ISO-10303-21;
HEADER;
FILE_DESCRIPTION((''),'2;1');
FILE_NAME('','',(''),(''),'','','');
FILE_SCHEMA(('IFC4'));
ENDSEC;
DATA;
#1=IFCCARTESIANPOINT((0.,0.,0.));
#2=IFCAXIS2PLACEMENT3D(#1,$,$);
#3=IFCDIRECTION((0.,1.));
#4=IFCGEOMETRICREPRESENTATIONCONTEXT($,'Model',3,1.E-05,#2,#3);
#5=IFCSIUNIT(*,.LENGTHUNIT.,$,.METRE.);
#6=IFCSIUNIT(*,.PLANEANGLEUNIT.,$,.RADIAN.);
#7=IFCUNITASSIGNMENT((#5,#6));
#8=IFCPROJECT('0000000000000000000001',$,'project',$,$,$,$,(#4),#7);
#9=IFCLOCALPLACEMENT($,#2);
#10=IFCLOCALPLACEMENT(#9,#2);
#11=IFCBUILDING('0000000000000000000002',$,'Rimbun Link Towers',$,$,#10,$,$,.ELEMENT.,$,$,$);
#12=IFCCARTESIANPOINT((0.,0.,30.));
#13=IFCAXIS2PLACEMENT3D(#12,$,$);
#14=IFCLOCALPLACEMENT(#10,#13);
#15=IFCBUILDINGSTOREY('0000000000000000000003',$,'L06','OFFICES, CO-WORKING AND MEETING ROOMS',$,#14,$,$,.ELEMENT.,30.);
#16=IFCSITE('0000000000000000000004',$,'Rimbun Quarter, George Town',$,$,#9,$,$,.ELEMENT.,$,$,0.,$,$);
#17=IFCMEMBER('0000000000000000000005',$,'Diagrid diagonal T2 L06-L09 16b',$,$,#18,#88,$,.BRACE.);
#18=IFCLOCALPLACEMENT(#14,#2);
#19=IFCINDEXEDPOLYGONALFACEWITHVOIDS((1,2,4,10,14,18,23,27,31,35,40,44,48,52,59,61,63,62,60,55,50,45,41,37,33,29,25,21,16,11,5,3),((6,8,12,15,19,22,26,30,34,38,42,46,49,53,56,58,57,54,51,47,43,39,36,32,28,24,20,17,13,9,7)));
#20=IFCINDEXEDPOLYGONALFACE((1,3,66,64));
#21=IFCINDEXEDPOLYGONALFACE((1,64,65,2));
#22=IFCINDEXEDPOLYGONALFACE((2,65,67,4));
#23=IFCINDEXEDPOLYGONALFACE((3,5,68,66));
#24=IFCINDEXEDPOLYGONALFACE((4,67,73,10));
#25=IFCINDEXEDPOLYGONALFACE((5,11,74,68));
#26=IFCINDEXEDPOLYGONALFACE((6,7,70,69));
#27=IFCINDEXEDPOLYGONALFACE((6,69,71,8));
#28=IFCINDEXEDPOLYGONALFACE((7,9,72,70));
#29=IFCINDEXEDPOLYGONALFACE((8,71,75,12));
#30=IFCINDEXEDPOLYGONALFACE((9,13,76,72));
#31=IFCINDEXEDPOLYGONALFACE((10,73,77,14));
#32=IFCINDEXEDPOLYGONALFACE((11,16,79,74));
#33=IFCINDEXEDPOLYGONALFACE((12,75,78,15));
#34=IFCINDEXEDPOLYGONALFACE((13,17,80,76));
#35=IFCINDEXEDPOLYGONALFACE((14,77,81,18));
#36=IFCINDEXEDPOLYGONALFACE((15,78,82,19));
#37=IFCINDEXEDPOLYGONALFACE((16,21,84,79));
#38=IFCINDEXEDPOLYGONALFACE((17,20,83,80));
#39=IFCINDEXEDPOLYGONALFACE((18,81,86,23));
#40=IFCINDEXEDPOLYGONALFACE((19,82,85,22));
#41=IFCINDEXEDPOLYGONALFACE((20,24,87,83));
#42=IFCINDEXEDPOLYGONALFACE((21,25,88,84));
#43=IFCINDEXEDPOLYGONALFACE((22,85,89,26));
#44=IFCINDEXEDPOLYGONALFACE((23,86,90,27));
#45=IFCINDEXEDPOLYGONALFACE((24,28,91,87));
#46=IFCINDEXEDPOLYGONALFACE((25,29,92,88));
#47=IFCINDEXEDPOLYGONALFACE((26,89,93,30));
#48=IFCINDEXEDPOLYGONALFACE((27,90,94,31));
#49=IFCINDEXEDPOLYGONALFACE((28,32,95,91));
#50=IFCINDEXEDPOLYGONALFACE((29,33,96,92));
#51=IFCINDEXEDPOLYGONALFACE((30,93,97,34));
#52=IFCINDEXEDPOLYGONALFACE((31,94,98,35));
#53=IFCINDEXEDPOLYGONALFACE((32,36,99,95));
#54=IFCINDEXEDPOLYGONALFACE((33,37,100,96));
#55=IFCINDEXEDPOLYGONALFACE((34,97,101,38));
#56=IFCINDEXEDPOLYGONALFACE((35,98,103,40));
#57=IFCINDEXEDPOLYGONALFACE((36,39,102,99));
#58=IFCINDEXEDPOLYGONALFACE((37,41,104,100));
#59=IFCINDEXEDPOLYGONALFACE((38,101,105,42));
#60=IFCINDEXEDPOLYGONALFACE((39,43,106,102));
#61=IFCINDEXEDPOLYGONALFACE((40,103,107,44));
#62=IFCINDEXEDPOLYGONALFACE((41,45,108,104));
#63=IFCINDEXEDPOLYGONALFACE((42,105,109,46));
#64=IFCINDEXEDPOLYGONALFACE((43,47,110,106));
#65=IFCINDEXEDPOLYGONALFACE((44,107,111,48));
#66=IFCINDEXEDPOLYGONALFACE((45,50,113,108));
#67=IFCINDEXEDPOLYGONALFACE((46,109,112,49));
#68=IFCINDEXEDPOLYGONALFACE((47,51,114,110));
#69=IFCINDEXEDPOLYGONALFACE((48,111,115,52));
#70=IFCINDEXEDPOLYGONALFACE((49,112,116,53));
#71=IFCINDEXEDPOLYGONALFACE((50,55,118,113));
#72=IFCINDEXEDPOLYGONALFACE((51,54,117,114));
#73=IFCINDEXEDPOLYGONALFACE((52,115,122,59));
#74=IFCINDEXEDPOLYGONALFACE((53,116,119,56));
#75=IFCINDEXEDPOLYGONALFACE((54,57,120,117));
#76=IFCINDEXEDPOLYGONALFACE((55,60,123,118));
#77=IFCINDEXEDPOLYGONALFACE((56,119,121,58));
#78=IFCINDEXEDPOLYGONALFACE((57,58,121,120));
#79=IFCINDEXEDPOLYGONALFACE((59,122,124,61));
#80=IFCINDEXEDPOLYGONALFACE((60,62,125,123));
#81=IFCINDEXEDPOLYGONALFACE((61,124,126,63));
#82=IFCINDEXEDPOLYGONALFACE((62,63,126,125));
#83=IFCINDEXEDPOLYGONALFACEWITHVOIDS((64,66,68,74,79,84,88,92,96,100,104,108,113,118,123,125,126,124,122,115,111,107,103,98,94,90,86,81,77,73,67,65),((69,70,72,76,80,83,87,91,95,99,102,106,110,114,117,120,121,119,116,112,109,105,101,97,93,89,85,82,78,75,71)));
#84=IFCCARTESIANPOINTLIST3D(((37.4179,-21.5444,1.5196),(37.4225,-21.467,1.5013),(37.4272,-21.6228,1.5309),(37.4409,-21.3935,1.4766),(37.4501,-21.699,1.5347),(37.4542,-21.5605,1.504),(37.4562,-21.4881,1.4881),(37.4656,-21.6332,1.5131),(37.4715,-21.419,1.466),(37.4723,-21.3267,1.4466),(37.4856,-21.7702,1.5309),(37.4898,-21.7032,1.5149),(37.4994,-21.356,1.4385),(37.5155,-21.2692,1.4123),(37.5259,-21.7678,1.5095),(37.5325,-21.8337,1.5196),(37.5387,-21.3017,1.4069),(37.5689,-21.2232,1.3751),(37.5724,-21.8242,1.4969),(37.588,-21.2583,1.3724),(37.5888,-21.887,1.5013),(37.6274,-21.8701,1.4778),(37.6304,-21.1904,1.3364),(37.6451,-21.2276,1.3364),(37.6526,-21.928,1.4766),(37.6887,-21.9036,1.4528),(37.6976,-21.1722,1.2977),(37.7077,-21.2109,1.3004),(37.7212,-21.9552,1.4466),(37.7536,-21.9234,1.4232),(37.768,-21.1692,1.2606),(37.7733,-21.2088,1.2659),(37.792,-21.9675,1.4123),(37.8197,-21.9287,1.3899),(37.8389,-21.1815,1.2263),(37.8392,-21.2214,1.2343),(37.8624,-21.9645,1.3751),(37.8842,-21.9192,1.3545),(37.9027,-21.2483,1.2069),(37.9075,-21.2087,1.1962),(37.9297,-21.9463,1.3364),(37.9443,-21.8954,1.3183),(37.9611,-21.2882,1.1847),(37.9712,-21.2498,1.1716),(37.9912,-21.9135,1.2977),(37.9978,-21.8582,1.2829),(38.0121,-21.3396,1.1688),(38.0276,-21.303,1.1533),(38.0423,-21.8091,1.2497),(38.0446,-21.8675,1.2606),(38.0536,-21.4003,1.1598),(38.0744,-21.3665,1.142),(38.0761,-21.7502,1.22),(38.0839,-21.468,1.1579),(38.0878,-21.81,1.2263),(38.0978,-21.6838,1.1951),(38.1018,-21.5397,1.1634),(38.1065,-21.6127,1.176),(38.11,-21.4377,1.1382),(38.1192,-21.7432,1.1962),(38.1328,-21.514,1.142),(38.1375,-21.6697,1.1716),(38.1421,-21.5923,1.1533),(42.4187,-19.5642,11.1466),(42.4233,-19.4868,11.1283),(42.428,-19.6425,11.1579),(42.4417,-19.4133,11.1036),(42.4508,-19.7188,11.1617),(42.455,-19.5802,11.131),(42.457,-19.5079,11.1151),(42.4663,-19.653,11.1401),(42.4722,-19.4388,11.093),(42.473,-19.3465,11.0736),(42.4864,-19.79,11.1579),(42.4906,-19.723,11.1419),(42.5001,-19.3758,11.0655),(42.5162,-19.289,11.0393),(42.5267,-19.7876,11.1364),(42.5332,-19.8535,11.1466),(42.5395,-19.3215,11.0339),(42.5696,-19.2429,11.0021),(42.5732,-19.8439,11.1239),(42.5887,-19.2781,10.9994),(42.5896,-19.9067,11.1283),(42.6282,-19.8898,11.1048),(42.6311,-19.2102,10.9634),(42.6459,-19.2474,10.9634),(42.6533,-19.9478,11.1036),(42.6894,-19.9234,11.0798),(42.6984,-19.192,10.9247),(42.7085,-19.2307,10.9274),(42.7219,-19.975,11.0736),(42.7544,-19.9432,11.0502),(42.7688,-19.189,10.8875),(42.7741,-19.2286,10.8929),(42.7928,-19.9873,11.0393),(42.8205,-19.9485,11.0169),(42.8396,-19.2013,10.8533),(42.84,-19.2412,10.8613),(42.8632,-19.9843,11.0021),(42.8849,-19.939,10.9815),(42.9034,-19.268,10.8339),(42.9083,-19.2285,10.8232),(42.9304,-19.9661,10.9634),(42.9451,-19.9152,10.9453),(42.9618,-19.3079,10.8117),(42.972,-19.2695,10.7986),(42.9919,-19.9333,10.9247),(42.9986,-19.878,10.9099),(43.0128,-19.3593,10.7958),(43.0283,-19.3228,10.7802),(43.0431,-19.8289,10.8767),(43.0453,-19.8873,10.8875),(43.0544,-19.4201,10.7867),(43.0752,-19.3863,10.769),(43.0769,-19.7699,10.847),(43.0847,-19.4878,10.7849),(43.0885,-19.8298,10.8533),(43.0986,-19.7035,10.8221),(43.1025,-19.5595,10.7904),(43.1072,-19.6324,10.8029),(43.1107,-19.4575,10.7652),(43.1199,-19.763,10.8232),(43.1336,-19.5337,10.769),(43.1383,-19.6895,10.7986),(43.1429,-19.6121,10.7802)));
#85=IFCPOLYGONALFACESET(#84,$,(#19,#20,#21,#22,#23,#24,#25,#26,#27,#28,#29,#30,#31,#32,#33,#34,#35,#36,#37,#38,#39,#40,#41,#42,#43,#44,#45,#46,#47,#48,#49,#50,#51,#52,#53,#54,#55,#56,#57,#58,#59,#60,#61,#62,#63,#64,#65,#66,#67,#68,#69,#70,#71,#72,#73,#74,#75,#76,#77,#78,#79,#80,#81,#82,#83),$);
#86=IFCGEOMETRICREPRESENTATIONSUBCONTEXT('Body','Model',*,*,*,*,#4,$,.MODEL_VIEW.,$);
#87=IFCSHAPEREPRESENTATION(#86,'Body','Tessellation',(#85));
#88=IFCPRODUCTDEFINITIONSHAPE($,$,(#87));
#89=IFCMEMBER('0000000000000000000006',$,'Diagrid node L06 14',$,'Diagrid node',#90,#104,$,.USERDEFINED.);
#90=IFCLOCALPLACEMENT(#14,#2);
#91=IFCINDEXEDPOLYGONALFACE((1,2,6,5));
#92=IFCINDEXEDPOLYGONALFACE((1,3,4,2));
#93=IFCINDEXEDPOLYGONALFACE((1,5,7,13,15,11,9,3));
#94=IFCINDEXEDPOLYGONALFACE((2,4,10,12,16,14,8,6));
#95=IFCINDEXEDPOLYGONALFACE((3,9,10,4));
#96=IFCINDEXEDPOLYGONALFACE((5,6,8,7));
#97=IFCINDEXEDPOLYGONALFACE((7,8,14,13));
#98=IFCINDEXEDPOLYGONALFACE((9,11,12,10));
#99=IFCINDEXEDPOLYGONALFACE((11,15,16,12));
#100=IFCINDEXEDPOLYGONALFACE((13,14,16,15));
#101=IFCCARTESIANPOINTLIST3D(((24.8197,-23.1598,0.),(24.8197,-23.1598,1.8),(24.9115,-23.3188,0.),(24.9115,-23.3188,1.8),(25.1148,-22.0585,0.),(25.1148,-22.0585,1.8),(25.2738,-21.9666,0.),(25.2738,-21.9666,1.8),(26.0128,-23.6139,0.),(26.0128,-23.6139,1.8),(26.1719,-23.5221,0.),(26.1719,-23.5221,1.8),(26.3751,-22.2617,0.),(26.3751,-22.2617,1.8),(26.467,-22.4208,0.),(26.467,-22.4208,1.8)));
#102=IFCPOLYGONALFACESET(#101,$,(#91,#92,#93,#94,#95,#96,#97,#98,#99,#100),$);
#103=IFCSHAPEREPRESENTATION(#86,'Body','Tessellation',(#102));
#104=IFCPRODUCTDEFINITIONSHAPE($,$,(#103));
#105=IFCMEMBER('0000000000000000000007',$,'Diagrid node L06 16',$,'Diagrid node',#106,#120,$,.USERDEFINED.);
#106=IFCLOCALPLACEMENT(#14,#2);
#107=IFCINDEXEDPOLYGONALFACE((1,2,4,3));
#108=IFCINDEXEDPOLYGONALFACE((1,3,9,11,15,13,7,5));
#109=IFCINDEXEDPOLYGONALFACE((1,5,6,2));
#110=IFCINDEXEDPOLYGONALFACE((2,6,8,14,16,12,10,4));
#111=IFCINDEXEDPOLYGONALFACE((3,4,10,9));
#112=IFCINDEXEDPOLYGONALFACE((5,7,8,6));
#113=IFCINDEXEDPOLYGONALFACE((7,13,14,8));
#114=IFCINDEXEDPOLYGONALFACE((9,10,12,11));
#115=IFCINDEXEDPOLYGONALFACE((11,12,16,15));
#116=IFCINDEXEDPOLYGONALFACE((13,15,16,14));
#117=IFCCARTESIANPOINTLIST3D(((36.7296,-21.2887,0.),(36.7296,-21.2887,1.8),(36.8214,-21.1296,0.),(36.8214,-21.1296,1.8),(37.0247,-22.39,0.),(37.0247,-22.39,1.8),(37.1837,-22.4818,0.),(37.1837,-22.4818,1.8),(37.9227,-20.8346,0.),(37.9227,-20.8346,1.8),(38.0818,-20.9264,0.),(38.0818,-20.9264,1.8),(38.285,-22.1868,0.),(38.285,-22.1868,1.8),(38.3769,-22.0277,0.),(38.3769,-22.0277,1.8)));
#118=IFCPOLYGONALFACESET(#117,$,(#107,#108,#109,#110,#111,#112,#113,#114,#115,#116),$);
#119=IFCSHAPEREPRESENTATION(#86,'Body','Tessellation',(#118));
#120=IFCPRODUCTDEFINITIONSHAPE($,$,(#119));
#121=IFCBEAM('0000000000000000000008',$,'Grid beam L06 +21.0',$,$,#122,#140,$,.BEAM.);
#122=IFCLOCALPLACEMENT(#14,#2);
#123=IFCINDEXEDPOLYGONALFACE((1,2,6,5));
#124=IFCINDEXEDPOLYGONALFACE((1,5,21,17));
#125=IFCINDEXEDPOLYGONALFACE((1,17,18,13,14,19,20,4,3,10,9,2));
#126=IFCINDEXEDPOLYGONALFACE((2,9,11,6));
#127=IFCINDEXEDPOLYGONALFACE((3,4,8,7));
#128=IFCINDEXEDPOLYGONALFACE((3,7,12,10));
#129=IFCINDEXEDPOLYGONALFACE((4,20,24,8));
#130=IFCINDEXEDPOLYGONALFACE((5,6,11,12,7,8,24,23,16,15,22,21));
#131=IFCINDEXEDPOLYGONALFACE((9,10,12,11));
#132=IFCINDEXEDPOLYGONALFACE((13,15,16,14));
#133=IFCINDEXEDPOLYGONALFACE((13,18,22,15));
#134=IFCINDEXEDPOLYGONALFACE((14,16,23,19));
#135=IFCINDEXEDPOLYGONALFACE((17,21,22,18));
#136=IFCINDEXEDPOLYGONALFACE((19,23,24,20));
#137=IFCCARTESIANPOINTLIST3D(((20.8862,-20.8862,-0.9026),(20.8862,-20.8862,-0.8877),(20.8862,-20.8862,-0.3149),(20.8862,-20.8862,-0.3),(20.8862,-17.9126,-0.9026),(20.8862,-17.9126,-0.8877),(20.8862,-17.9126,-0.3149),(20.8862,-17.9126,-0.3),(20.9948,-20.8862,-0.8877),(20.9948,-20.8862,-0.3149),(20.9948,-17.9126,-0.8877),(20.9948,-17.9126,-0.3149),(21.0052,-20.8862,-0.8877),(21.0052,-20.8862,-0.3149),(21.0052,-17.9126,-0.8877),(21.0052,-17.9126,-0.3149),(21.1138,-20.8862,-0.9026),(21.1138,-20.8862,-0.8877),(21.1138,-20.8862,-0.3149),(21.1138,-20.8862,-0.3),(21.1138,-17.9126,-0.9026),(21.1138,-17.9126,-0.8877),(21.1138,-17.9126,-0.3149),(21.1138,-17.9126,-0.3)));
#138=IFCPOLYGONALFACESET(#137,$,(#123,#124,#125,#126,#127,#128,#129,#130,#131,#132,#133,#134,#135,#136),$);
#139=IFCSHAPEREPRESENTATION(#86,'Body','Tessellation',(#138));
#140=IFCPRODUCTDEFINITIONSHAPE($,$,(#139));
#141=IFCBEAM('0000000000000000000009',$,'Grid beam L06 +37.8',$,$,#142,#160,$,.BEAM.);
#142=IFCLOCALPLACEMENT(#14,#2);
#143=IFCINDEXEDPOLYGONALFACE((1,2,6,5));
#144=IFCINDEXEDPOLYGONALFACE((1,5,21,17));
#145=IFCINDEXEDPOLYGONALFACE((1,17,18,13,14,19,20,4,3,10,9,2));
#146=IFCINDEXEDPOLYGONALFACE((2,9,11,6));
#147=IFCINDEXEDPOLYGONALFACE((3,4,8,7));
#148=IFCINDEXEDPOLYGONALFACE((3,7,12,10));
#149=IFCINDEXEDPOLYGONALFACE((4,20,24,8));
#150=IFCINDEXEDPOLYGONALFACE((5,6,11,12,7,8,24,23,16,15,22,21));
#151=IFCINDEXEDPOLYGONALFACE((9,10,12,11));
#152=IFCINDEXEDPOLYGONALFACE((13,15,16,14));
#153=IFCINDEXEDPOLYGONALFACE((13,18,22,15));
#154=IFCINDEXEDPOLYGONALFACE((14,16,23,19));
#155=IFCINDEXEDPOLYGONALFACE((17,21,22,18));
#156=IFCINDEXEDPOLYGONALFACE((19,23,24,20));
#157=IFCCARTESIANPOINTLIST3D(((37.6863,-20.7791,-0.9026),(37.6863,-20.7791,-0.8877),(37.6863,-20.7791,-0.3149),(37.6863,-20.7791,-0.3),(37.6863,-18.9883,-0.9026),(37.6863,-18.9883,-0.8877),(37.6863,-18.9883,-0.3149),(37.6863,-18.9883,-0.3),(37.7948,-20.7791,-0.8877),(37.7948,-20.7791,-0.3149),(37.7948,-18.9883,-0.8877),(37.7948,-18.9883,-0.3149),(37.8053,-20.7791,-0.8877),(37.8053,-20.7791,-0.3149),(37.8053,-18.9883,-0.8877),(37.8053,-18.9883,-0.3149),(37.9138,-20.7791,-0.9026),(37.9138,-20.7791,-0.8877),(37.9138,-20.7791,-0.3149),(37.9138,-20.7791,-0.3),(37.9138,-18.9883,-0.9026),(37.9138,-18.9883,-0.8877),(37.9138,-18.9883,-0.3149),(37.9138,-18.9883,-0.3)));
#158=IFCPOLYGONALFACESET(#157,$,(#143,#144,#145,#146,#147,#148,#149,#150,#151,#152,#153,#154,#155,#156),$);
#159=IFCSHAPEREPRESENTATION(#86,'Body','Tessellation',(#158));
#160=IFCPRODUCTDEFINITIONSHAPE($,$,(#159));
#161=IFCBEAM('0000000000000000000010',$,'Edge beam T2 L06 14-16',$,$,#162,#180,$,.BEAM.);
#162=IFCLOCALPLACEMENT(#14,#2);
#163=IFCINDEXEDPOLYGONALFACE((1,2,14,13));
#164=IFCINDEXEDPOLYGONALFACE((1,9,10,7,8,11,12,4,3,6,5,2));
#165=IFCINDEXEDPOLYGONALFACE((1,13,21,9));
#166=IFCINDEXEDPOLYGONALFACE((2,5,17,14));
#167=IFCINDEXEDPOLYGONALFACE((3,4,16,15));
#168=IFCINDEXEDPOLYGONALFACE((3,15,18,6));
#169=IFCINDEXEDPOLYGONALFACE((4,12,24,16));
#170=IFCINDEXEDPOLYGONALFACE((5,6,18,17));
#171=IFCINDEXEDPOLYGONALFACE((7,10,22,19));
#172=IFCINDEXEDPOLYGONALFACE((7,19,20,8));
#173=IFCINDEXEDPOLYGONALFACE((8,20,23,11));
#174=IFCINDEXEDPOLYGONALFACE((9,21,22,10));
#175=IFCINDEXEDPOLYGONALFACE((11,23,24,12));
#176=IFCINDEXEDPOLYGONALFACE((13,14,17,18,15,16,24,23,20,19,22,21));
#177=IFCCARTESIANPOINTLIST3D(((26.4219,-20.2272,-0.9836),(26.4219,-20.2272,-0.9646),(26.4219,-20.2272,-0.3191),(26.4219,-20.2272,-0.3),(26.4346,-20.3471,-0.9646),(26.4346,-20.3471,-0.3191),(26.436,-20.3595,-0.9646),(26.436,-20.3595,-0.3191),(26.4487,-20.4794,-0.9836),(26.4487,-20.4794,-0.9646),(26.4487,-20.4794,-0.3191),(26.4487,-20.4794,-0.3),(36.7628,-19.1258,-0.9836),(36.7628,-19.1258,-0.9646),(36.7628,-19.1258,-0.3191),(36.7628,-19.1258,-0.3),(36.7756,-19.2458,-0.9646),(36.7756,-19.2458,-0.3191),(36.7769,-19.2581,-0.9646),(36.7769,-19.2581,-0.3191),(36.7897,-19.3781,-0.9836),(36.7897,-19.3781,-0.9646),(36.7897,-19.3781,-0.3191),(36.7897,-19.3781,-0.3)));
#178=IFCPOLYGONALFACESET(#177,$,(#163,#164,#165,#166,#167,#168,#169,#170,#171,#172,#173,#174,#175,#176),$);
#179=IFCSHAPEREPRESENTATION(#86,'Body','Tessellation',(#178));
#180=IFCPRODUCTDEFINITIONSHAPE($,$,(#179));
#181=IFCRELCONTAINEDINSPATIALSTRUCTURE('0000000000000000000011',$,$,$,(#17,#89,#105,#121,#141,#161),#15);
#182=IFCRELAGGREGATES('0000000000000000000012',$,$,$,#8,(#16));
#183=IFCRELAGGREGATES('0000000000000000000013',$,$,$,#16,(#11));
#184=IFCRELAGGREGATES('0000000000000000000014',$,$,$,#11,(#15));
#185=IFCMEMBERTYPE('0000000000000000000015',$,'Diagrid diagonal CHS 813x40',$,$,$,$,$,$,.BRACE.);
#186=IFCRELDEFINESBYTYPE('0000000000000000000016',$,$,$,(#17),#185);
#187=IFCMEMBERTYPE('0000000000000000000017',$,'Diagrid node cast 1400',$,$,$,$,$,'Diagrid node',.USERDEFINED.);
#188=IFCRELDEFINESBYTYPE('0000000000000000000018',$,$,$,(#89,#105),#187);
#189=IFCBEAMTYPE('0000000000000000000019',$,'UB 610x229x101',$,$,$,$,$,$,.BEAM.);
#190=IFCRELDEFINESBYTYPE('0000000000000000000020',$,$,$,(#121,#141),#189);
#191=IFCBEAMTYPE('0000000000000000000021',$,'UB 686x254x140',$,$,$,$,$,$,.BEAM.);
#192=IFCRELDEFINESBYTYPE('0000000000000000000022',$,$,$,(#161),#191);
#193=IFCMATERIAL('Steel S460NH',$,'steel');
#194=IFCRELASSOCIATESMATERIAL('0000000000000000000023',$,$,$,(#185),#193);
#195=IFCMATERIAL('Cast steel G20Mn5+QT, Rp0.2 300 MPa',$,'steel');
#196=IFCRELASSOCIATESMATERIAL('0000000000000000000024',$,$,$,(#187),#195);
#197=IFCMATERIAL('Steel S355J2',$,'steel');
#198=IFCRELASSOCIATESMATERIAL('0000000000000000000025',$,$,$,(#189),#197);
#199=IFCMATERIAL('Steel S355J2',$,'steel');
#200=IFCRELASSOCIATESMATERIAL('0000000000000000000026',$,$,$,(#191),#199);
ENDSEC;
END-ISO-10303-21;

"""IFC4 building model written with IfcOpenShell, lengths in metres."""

from ifc_helpers import new_model, si_unit, direction, frame, origin, origin_2d, place, context, subcontext, project, spatial, polyline, hollow_circle, i_section, outline, extrude, material, material_profile, profile_set, type_object, element, save


model = new_model("IFC4")

# Units and contexts
model_context = context("Model", 3, precision=1e-05, world=origin(), true_north=direction((0.0, 1.0)))
body_context = subcontext(model_context, "Body", "Model", "MODEL_VIEW")
ifc_project = project(units=[si_unit("LENGTHUNIT", "METRE"), si_unit("PLANEANGLEUNIT", "RADIAN")], contexts=[model_context])

# Site, building, storey
site_placement = place(None, origin())
site = spatial("IfcSite", under=ifc_project, at=site_placement, Name="Rimbun Quarter, George Town", CompositionType="ELEMENT", RefElevation=0.0)
building_placement = place(site_placement, origin())
building = spatial("IfcBuilding", under=site, at=building_placement, Name="Rimbun Link Towers", CompositionType="ELEMENT")
storey_placement = place(building_placement, frame((0.0, 0.0, 30.0)))
storey = spatial("IfcBuildingStorey", under=building, at=storey_placement, Name="L06", Description="OFFICES, CO-WORKING AND MEETING ROOMS", CompositionType="ELEMENT", Elevation=30.0)

# Members
ifc_material_1 = material(Name="Steel S460NH", Category="steel")
ifc_material_profile_1 = material_profile(ifc_material_1, hollow_circle(Radius=0.4065, WallThickness=0.04, at=origin_2d()), Name="Diagrid diagonal CHS 813x40")
ifc_profile_set_1 = profile_set([ifc_material_profile_1], Name="Steel S460NH")
member_type_1 = type_object("IfcMemberType", Name="Diagrid diagonal CHS 813x40", PredefinedType="BRACE", material=ifc_profile_set_1)
member_1_placement = place(storey_placement, frame((37.78, -21.5684, 1.3364), z_axis=(0.453476, 0.179571, 0.872991), x_axis=(-0.368172, 0.929758, 0.0)))
element("IfcMember", 1, at=member_1_placement, inside=storey, type_object=member_type_1, Name="Diagrid diagonal T2 L06-L09 16b", PredefinedType="BRACE", context=body_context, shape_type="SweptSolid", body=[
    extrude(hollow_circle(Radius=0.4065, WallThickness=0.04, at=origin_2d()), origin(), (0.0, 0.0, 1.0), 11.0276),
])
ifc_material_2 = material(Name="Cast steel G20Mn5+QT, Rp0.2 300 MPa", Category="steel")
ifc_material_profile_2 = material_profile(ifc_material_2, outline(polyline([(0.7, -0.5701), (0.7, 0.5701), (0.5701, 0.7), (-0.5701, 0.7), (-0.7, 0.5701), (-0.7, -0.5701), (-0.5701, -0.7), (0.5701, -0.7), (0.7, -0.5701)])), Name="NODE 1400x1400")
ifc_profile_set_2 = profile_set([ifc_material_profile_2], Name="Cast steel G20Mn5+QT, Rp0.2 300 MPa")
member_type_2 = type_object("IfcMemberType", Name="Diagrid node cast 1400", ElementType="Diagrid node", PredefinedType="USERDEFINED", material=ifc_profile_set_2)
for number, where, z_axis, x_axis, name in (
    (2, (25.6433, -22.7903, 0.0), (0.0, 0.0, 1.0), (-0.258819, -0.965926, 0.0), "Diagrid node L06 14"),
    (3, (37.5532, -21.6582, 0.0), (0.0, 0.0, 1.0), (0.258819, -0.965926, 0.0), "Diagrid node L06 16"),
):
    element("IfcMember", number, at=place(storey_placement, frame(where, z_axis=z_axis, x_axis=x_axis)), inside=storey, type_object=member_type_2, Name=name, ObjectType="Diagrid node", PredefinedType="USERDEFINED", context=body_context, shape_type="SweptSolid", body=[
        extrude(outline(polyline([(0.7, -0.5701), (0.7, 0.5701), (0.5701, 0.7), (-0.5701, 0.7), (-0.7, 0.5701), (-0.7, -0.5701), (-0.5701, -0.7), (0.5701, -0.7), (0.7, -0.5701)])), origin(), (0.0, 0.0, 1.0), 1.8),
    ])

# Beams
ifc_material_3 = material(Name="Steel S355J2", Category="steel")
ifc_material_profile_3 = material_profile(ifc_material_3, i_section(OverallWidth=0.2275, OverallDepth=0.6025, WebThickness=0.0105, FlangeThickness=0.0149, at=origin_2d()), Name="UB 610x229x101")
ifc_profile_set_3 = profile_set([ifc_material_profile_3], Name="Steel S355J2")
beam_type_1 = type_object("IfcBeamType", Name="UB 610x229x101", PredefinedType="BEAM", material=ifc_profile_set_3)
beam_1_placement = place(storey_placement, frame((21.0, -20.8862, -0.6013), z_axis=(0.0, 1.0, 0.0), x_axis=(-1.0, 0.0, 0.0)))
element("IfcBeam", 4, at=beam_1_placement, inside=storey, type_object=beam_type_1, Name="Grid beam L06 +21.0", PredefinedType="BEAM", context=body_context, shape_type="SweptSolid", body=[
    extrude(i_section(OverallWidth=0.2275, OverallDepth=0.6025, WebThickness=0.0105, FlangeThickness=0.0149, at=origin_2d()), origin(), (0.0, 0.0, 1.0), 2.9736),
])
beam_2_placement = place(storey_placement, frame((37.8, -20.7791, -0.6013), z_axis=(0.0, 1.0, 0.0), x_axis=(-1.0, 0.0, 0.0)))
element("IfcBeam", 5, at=beam_2_placement, inside=storey, type_object=beam_type_1, Name="Grid beam L06 +37.8", PredefinedType="BEAM", context=body_context, shape_type="SweptSolid", body=[
    extrude(i_section(OverallWidth=0.2275, OverallDepth=0.6025, WebThickness=0.0105, FlangeThickness=0.0149, at=origin_2d()), origin(), (0.0, 0.0, 1.0), 1.7908),
])
ifc_material_4 = material(Name="Steel S355J2", Category="steel")
ifc_material_profile_4 = material_profile(ifc_material_4, i_section(OverallWidth=0.2537, OverallDepth=0.6836, WebThickness=0.0125, FlangeThickness=0.019, at=origin_2d()), Name="UB 686x254x140")
ifc_profile_set_4 = profile_set([ifc_material_profile_4], Name="Steel S355J2")
beam_type_2 = type_object("IfcBeamType", Name="UB 686x254x140", PredefinedType="BEAM", material=ifc_profile_set_4)
beam_3_placement = place(storey_placement, frame((26.4353, -20.3533, -0.6418), z_axis=(0.994376, 0.105903, 0.0), x_axis=(-0.105903, 0.994376, 0.0)))
element("IfcBeam", 6, at=beam_3_placement, inside=storey, type_object=beam_type_2, Name="Edge beam T2 L06 14-16", PredefinedType="BEAM", context=body_context, shape_type="SweptSolid", body=[
    extrude(i_section(OverallWidth=0.2537, OverallDepth=0.6836, WebThickness=0.0125, FlangeThickness=0.019, at=origin_2d()), origin(), (0.0, 0.0, 1.0), 10.3994),
])

save(model, "model.ifc")
